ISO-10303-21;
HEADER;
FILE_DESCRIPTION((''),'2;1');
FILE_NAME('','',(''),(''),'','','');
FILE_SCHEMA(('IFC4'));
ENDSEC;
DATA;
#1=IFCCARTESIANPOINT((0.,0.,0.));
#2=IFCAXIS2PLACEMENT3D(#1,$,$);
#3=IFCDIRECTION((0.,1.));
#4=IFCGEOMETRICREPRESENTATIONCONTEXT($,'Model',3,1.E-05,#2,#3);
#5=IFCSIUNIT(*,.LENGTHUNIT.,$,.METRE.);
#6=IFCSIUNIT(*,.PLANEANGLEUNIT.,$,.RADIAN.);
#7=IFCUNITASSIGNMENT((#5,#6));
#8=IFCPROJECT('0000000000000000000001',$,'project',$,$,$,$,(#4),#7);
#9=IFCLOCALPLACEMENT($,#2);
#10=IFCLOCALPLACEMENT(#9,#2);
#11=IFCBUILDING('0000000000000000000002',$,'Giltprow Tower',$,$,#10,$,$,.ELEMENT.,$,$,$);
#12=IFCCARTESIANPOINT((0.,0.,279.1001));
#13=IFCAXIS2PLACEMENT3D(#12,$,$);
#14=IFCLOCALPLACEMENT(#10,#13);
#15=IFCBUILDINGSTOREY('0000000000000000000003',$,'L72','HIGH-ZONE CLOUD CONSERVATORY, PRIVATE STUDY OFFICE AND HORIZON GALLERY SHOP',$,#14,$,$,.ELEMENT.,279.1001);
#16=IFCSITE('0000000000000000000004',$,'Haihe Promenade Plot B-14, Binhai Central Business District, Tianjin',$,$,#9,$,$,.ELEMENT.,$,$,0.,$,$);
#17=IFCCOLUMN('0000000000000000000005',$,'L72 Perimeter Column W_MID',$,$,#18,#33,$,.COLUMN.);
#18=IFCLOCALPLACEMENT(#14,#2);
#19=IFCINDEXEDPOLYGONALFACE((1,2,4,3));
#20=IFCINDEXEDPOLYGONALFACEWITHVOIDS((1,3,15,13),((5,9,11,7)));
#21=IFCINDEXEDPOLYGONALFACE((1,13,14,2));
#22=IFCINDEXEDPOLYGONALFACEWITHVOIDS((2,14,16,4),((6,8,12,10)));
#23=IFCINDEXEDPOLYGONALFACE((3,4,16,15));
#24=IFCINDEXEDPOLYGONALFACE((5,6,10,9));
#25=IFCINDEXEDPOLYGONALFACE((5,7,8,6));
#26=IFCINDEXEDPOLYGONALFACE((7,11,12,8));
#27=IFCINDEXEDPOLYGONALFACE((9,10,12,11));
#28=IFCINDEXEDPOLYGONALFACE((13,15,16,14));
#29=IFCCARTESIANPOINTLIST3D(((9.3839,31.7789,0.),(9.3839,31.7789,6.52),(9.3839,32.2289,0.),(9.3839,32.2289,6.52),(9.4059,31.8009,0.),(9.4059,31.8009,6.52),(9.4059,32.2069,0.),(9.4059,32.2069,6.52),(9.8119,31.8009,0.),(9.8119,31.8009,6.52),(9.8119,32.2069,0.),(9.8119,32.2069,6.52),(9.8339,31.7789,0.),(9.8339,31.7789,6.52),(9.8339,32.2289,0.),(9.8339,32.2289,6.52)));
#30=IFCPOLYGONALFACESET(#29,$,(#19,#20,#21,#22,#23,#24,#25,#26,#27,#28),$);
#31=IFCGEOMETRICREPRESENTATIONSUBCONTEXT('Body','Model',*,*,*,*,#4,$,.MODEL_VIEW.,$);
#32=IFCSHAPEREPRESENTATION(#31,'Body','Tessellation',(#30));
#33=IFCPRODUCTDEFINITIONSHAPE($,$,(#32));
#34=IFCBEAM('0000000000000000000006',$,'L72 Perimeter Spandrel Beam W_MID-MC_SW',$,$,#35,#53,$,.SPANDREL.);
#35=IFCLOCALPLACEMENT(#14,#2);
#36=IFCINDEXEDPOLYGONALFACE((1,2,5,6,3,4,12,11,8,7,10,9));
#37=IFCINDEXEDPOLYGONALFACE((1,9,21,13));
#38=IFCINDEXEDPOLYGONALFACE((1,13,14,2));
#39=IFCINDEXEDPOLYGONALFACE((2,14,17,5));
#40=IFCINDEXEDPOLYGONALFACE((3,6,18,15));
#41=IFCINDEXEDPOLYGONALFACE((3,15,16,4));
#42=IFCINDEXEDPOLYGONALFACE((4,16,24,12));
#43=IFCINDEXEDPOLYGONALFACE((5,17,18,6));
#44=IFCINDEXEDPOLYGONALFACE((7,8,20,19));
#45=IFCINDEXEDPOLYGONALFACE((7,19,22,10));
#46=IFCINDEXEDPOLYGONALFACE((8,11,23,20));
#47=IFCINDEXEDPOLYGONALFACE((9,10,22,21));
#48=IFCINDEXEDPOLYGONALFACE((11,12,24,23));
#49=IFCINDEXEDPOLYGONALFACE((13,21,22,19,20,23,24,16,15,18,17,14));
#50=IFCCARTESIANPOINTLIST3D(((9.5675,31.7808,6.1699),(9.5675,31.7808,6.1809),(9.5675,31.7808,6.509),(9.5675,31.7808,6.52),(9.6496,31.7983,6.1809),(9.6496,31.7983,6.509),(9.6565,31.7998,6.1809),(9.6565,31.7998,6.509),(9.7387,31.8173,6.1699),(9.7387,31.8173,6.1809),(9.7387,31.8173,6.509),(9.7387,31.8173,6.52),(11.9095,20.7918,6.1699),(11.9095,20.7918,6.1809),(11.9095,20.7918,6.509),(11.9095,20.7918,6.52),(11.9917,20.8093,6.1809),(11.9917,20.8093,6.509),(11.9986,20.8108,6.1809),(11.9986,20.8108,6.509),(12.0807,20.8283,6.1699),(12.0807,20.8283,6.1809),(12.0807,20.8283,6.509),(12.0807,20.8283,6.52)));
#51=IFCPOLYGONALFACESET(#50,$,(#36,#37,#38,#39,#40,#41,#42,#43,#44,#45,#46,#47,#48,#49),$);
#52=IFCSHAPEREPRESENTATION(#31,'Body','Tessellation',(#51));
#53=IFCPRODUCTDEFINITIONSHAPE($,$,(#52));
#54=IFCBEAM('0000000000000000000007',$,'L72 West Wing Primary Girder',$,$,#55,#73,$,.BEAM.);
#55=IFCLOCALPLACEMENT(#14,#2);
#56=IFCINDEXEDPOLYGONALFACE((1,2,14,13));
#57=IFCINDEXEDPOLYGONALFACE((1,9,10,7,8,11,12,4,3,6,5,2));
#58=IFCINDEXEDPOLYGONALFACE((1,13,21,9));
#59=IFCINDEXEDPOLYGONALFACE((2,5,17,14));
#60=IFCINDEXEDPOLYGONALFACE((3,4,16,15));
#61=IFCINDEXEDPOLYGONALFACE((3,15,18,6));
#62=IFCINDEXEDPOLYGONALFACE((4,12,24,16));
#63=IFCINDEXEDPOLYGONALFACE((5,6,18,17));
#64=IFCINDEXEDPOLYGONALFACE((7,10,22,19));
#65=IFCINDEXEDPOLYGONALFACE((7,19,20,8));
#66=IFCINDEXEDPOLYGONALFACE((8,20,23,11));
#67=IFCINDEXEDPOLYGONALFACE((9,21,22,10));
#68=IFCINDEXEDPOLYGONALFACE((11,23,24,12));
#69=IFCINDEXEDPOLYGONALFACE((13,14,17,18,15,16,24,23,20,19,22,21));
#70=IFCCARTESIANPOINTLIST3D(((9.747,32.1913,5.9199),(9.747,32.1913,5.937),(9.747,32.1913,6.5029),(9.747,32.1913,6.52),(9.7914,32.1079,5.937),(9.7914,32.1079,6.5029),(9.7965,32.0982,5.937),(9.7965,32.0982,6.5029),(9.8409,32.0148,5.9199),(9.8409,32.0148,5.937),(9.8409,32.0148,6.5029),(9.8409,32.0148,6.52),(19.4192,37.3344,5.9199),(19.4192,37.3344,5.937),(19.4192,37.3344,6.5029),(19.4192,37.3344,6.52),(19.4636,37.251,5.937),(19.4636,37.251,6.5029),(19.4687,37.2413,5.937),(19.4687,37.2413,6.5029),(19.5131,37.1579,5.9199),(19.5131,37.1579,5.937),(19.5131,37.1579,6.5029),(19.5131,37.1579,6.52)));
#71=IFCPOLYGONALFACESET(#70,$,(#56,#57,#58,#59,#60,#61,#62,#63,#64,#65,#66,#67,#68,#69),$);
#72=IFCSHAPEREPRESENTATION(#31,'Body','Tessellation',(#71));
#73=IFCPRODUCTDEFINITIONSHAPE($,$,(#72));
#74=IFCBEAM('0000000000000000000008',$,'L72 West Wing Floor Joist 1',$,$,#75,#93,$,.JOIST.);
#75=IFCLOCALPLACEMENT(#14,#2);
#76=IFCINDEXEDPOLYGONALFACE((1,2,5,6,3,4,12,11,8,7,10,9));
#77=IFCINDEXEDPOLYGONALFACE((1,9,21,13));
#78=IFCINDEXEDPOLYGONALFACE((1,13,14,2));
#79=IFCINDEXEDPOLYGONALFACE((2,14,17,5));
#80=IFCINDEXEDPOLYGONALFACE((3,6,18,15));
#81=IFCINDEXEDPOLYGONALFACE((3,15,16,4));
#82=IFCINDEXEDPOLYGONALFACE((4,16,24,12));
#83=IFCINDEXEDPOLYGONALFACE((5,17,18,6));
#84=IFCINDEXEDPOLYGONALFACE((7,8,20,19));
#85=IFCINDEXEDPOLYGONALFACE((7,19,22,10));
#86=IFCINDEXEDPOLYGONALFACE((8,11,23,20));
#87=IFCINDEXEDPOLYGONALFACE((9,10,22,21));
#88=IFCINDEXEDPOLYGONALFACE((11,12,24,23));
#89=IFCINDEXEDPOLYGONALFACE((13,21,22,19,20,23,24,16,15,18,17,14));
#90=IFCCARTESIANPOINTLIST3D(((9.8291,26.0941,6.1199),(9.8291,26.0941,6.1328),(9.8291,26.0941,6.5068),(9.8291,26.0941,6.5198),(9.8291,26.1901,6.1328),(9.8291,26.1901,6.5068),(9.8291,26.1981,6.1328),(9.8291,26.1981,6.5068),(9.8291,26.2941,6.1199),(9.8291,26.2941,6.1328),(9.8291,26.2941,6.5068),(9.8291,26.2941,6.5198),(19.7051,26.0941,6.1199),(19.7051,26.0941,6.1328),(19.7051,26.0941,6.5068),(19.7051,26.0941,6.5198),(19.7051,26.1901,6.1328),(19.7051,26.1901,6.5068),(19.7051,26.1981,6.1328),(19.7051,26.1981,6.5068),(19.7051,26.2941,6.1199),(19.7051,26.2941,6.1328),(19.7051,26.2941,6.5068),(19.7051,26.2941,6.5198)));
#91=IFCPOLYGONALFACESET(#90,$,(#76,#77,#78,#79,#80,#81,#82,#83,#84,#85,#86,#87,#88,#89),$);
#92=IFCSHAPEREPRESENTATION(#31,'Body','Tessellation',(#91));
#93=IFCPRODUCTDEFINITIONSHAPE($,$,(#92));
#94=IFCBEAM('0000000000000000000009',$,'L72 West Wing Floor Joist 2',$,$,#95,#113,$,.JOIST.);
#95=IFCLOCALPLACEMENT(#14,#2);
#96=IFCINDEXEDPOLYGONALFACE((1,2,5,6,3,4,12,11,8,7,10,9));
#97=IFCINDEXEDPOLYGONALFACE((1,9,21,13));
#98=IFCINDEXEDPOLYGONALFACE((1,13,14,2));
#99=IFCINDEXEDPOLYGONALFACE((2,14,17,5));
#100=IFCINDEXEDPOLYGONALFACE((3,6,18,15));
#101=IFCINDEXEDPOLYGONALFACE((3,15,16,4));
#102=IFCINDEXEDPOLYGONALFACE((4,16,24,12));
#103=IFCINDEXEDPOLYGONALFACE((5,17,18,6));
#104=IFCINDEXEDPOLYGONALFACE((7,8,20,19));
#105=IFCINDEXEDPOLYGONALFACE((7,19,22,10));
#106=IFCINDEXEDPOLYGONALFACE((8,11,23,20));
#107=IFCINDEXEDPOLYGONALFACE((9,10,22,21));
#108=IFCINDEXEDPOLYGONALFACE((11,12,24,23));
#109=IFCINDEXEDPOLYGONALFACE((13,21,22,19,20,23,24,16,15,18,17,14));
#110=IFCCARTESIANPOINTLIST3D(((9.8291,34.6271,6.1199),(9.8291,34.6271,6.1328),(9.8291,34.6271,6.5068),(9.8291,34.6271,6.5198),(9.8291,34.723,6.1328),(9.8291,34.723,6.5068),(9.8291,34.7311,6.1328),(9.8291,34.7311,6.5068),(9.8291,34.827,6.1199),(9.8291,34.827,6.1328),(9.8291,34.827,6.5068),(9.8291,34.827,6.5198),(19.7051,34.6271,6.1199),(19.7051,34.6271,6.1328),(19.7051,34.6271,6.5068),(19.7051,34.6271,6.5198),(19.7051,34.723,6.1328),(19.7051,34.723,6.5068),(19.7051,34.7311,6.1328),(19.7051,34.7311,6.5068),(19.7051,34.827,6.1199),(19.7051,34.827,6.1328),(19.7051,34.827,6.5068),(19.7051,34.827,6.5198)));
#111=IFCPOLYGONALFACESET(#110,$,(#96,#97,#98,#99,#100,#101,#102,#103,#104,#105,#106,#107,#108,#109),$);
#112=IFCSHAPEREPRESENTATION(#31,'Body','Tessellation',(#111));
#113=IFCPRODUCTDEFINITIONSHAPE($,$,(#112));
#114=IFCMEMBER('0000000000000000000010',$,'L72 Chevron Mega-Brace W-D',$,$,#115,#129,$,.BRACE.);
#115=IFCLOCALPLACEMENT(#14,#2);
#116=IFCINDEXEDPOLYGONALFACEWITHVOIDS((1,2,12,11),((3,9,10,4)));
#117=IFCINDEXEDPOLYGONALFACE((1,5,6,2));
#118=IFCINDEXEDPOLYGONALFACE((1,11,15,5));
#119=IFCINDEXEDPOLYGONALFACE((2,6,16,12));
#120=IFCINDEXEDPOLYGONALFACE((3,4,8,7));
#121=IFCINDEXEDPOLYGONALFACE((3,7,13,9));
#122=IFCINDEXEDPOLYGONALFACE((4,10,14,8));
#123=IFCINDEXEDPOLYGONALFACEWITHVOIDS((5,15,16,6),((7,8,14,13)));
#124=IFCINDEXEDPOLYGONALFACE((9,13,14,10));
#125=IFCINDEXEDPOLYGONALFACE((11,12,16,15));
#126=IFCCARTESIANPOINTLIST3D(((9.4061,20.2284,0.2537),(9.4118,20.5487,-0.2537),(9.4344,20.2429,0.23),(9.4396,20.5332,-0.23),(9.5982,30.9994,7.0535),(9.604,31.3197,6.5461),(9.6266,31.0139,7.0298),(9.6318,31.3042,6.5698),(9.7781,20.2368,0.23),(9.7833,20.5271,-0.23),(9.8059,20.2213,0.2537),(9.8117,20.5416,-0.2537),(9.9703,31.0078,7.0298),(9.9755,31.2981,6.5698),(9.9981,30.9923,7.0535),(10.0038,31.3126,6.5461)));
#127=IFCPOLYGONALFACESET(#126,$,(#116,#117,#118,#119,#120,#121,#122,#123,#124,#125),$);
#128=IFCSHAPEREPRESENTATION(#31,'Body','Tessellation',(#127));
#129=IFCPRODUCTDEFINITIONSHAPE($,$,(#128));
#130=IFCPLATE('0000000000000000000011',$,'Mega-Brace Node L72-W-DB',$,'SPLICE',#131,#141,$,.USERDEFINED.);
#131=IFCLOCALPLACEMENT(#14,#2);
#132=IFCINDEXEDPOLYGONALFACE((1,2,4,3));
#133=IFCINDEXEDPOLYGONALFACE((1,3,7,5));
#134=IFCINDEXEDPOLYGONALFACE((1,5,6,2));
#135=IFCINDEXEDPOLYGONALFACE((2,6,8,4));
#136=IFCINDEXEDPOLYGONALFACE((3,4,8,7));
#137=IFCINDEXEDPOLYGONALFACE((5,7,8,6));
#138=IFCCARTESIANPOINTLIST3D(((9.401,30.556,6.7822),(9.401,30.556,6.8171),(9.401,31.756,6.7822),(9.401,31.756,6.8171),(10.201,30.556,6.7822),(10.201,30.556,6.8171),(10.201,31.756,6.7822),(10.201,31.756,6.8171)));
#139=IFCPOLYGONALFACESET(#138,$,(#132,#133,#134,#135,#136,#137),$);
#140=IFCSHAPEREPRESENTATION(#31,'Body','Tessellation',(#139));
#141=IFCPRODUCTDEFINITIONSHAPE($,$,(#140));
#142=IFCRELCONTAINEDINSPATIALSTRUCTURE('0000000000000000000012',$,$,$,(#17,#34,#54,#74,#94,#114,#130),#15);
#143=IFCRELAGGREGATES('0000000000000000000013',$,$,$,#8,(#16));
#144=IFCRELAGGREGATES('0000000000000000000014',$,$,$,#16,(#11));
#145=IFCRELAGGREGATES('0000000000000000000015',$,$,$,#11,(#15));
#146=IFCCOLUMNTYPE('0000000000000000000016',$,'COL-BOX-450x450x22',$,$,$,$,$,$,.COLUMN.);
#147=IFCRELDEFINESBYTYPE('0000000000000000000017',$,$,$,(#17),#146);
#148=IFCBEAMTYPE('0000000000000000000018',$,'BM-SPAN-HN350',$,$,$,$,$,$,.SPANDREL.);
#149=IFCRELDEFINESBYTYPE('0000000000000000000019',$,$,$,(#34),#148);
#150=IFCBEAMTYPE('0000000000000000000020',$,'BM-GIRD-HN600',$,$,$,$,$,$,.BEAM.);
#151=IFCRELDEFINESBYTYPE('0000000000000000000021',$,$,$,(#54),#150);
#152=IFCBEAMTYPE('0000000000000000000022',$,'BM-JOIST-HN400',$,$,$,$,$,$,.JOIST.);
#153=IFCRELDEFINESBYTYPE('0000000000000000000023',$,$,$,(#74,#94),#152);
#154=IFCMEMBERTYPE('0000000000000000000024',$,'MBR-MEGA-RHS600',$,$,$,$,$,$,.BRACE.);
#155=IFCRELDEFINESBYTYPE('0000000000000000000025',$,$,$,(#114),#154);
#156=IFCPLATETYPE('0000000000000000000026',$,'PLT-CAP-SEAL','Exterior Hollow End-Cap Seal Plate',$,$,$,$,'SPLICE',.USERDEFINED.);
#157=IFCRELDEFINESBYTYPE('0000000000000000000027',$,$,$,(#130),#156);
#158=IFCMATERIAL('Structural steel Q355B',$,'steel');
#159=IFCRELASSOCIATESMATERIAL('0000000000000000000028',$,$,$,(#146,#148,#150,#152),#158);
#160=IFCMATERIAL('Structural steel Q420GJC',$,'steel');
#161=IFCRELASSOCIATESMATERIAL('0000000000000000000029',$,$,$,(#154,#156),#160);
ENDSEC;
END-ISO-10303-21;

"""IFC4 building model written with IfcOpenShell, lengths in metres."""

from ifc_helpers import new_model, si_unit, direction, frame, origin, origin_2d, place, context, subcontext, project, spatial, rectangle, hollow_rectangle, i_section, extrude, source, transform, mapped, material, material_profile, profile_set, type_object, element, save


model = new_model("IFC4")

# Units and contexts
model_context = context("Model", 3, precision=1e-05, world=origin(), true_north=direction((0.0, 1.0)))
body_context = subcontext(model_context, "Body", "Model", "MODEL_VIEW")
ifc_project = project(units=[si_unit("LENGTHUNIT", "METRE"), si_unit("PLANEANGLEUNIT", "RADIAN")], contexts=[model_context])

# Site, building, storey
site_placement = place(None, origin())
site = spatial("IfcSite", under=ifc_project, at=site_placement, Name="Haihe Promenade Plot B-14, Binhai Central Business District, Tianjin", CompositionType="ELEMENT", RefElevation=0.0)
building_placement = place(site_placement, origin())
building = spatial("IfcBuilding", under=site, at=building_placement, Name="Giltprow Tower", CompositionType="ELEMENT")
storey_placement = place(building_placement, frame((0.0, 0.0, 279.1001)))
storey = spatial("IfcBuildingStorey", under=building, at=storey_placement, Name="L72", Description="HIGH-ZONE CLOUD CONSERVATORY, PRIVATE STUDY OFFICE AND HORIZON GALLERY SHOP", CompositionType="ELEMENT", Elevation=279.1001)

# Column
ifc_material_1 = material(Name="Structural steel Q355B", Category="steel")
ifc_material_profile_1 = material_profile(ifc_material_1, hollow_rectangle(XDim=0.45, YDim=0.45, WallThickness=0.022, at=origin_2d()), Name="BOX 450x450x22")
ifc_profile_set_1 = profile_set([ifc_material_profile_1], Name="Structural steel Q355B")
column_type = type_object("IfcColumnType", Name="COL-BOX-450x450x22", PredefinedType="COLUMN", material=ifc_profile_set_1)
shared_shape_1 = source(origin(), body_context, "Body", "SweptSolid", [
    extrude(hollow_rectangle(XDim=0.45, YDim=0.45, WallThickness=0.022, at=origin_2d()), origin(), (0.0, 0.0, 1.0), 6.52),
])
column_placement = place(storey_placement, frame((9.6089, 32.0039, 0.0), z_axis=(0.0, 0.0, 1.0), x_axis=(1.0, 0.0, 0.0)))
element("IfcColumn", 1, at=column_placement, inside=storey, type_object=column_type, Name="L72 Perimeter Column W_MID", PredefinedType="COLUMN", context=body_context, shape_type="MappedRepresentation", body=[
    mapped(shared_shape_1, transform((0.0, 0.0, 0.0), x_axis=(1.0, 0.0, 0.0), y_axis=(0.0, 1.0, 0.0), z_axis=(0.0, 0.0, 1.0), scale=1.0)),
])

# Beams
ifc_material_profile_2 = material_profile(ifc_material_1, i_section(OverallWidth=0.175, OverallDepth=0.3501, WebThickness=0.0071, FlangeThickness=0.011, at=origin_2d()), Name="HN 350x175x7x11")
ifc_profile_set_2 = profile_set([ifc_material_profile_2], Name="Structural steel Q355B")
beam_type_1 = type_object("IfcBeamType", Name="BM-SPAN-HN350", PredefinedType="SPANDREL", material=ifc_profile_set_2)
shared_shape_2 = source(origin(), body_context, "Body", "SweptSolid", [
    extrude(i_section(OverallWidth=0.175, OverallDepth=0.3501, WebThickness=0.0071, FlangeThickness=0.011, at=origin_2d()), origin(), (0.0, 0.0, 1.0), 11.2358),
])
beam_1_placement = place(storey_placement, frame((9.6531, 31.7991, 6.345), z_axis=(0.208444, -0.978034, 0.0), x_axis=(0.978034, 0.208444, 0.0)))
element("IfcBeam", 2, at=beam_1_placement, inside=storey, type_object=beam_type_1, Name="L72 Perimeter Spandrel Beam W_MID-MC_SW", PredefinedType="SPANDREL", context=body_context, shape_type="MappedRepresentation", body=[
    mapped(shared_shape_2, transform((0.0, 0.0, 0.0), x_axis=(1.0, 0.0, 0.0), y_axis=(0.0, 1.0, 0.0), z_axis=(0.0, 0.0, 1.0), scale=1.0)),
])
ifc_material_profile_3 = material_profile(ifc_material_1, i_section(OverallWidth=0.2, OverallDepth=0.6001, WebThickness=0.011, FlangeThickness=0.0171, at=origin_2d()), Name="HN 600x200x11x17")
ifc_profile_set_3 = profile_set([ifc_material_profile_3], Name="Structural steel Q355B")
beam_type_2 = type_object("IfcBeamType", Name="BM-GIRD-HN600", PredefinedType="BEAM", material=ifc_profile_set_3)
shared_shape_3 = source(origin(), body_context, "Body", "SweptSolid", [
    extrude(i_section(OverallWidth=0.2, OverallDepth=0.6001, WebThickness=0.011, FlangeThickness=0.0171, at=origin_2d()), origin(), (0.0, 0.0, 1.0), 10.9546),
])
beam_2_placement = place(storey_placement, frame((9.7939, 32.103, 6.22), z_axis=(0.882936, 0.469494, 0.0), x_axis=(-0.469494, 0.882936, 0.0)))
element("IfcBeam", 3, at=beam_2_placement, inside=storey, type_object=beam_type_2, Name="L72 West Wing Primary Girder", PredefinedType="BEAM", context=body_context, shape_type="MappedRepresentation", body=[
    mapped(shared_shape_3, transform((0.0, 0.0, 0.0), x_axis=(1.0, 0.0, 0.0), y_axis=(0.0, 1.0, 0.0), z_axis=(0.0, 0.0, 1.0), scale=1.0)),
])
ifc_material_profile_4 = material_profile(ifc_material_1, i_section(OverallWidth=0.2, OverallDepth=0.3999, WebThickness=0.0081, FlangeThickness=0.0129, at=origin_2d()), Name="HN 400x200x8x13")
ifc_profile_set_4 = profile_set([ifc_material_profile_4], Name="Structural steel Q355B")
beam_type_3 = type_object("IfcBeamType", Name="BM-JOIST-HN400", PredefinedType="JOIST", material=ifc_profile_set_4)
shared_shape_4 = source(origin(), body_context, "Body", "SweptSolid", [
    extrude(i_section(OverallWidth=0.2, OverallDepth=0.3999, WebThickness=0.0081, FlangeThickness=0.0129, at=origin_2d()), origin(), (0.0, 0.0, 1.0), 9.876),
])
for number, where, z_axis, x_axis, name in (
    (4, (9.8291, 26.1941, 6.3198), (1.0, 0.0, 0.0), (0.0, 1.0, 0.0), "L72 West Wing Floor Joist 1"),
    (5, (9.8291, 34.7271, 6.3198), (1.0, 0.0, 0.0), (0.0, 1.0, 0.0), "L72 West Wing Floor Joist 2"),
):
    element("IfcBeam", number, at=place(storey_placement, frame(where, z_axis=z_axis, x_axis=x_axis)), inside=storey, type_object=beam_type_3, Name=name, PredefinedType="JOIST", context=body_context, shape_type="MappedRepresentation", body=[
        mapped(shared_shape_4, transform((0.0, 0.0, 0.0), x_axis=(1.0, 0.0, 0.0), y_axis=(0.0, 1.0, 0.0), z_axis=(0.0, 0.0, 1.0), scale=1.0)),
    ])

# Member
ifc_material_2 = material(Name="Structural steel Q420GJC", Category="steel")
ifc_material_profile_5 = material_profile(ifc_material_2, hollow_rectangle(XDim=0.3999, YDim=0.6001, WallThickness=0.0281, at=origin_2d()), Name="RHS 600x400x28")
ifc_profile_set_5 = profile_set([ifc_material_profile_5], Name="Structural steel Q420GJC")
member_type = type_object("IfcMemberType", Name="MBR-MEGA-RHS600", PredefinedType="BRACE", material=ifc_profile_set_5)
shared_shape_5 = source(origin(), body_context, "Body", "SweptSolid", [
    extrude(hollow_rectangle(XDim=0.3999, YDim=0.6001, WallThickness=0.0281, at=origin_2d()), origin(), (0.0, 0.0, 1.0), 12.7393),
])
member_placement = place(storey_placement, frame((9.6089, 20.385, 0.0), z_axis=(0.015082, 0.845497, 0.533768), x_axis=(-0.999841, 0.017836, 0.0)))
element("IfcMember", 6, at=member_placement, inside=storey, type_object=member_type, Name="L72 Chevron Mega-Brace W-D", PredefinedType="BRACE", context=body_context, shape_type="MappedRepresentation", body=[
    mapped(shared_shape_5, transform((0.0, 0.0, 0.0), x_axis=(1.0, 0.0, 0.0), y_axis=(0.0, 1.0, 0.0), z_axis=(0.0, 0.0, 1.0), scale=1.0)),
])

# Plate
plate_type = type_object("IfcPlateType", Name="PLT-CAP-SEAL", Description="Exterior Hollow End-Cap Seal Plate", ElementType="SPLICE", PredefinedType="USERDEFINED", material=ifc_material_2)
shared_shape_6 = source(origin(), body_context, "Body", "SweptSolid", [
    extrude(rectangle(XDim=1.2, YDim=0.8, at=origin_2d()), origin(), (0.0, 0.0, 1.0), 0.0349),
])
plate_placement = place(storey_placement, frame((9.801, 31.156, 6.7822), z_axis=(0.0, 0.0, 1.0), x_axis=(0.0, 1.0, 0.0)))
element("IfcPlate", 7, at=plate_placement, inside=storey, type_object=plate_type, Name="Mega-Brace Node L72-W-DB", ObjectType="SPLICE", PredefinedType="USERDEFINED", context=body_context, shape_type="MappedRepresentation", body=[
    mapped(shared_shape_6, transform((0.0, 0.0, 0.0), x_axis=(1.0, 0.0, 0.0), y_axis=(0.0, 1.0, 0.0), z_axis=(0.0, 0.0, 1.0), scale=1.0)),
])

save(model, "model.ifc")
